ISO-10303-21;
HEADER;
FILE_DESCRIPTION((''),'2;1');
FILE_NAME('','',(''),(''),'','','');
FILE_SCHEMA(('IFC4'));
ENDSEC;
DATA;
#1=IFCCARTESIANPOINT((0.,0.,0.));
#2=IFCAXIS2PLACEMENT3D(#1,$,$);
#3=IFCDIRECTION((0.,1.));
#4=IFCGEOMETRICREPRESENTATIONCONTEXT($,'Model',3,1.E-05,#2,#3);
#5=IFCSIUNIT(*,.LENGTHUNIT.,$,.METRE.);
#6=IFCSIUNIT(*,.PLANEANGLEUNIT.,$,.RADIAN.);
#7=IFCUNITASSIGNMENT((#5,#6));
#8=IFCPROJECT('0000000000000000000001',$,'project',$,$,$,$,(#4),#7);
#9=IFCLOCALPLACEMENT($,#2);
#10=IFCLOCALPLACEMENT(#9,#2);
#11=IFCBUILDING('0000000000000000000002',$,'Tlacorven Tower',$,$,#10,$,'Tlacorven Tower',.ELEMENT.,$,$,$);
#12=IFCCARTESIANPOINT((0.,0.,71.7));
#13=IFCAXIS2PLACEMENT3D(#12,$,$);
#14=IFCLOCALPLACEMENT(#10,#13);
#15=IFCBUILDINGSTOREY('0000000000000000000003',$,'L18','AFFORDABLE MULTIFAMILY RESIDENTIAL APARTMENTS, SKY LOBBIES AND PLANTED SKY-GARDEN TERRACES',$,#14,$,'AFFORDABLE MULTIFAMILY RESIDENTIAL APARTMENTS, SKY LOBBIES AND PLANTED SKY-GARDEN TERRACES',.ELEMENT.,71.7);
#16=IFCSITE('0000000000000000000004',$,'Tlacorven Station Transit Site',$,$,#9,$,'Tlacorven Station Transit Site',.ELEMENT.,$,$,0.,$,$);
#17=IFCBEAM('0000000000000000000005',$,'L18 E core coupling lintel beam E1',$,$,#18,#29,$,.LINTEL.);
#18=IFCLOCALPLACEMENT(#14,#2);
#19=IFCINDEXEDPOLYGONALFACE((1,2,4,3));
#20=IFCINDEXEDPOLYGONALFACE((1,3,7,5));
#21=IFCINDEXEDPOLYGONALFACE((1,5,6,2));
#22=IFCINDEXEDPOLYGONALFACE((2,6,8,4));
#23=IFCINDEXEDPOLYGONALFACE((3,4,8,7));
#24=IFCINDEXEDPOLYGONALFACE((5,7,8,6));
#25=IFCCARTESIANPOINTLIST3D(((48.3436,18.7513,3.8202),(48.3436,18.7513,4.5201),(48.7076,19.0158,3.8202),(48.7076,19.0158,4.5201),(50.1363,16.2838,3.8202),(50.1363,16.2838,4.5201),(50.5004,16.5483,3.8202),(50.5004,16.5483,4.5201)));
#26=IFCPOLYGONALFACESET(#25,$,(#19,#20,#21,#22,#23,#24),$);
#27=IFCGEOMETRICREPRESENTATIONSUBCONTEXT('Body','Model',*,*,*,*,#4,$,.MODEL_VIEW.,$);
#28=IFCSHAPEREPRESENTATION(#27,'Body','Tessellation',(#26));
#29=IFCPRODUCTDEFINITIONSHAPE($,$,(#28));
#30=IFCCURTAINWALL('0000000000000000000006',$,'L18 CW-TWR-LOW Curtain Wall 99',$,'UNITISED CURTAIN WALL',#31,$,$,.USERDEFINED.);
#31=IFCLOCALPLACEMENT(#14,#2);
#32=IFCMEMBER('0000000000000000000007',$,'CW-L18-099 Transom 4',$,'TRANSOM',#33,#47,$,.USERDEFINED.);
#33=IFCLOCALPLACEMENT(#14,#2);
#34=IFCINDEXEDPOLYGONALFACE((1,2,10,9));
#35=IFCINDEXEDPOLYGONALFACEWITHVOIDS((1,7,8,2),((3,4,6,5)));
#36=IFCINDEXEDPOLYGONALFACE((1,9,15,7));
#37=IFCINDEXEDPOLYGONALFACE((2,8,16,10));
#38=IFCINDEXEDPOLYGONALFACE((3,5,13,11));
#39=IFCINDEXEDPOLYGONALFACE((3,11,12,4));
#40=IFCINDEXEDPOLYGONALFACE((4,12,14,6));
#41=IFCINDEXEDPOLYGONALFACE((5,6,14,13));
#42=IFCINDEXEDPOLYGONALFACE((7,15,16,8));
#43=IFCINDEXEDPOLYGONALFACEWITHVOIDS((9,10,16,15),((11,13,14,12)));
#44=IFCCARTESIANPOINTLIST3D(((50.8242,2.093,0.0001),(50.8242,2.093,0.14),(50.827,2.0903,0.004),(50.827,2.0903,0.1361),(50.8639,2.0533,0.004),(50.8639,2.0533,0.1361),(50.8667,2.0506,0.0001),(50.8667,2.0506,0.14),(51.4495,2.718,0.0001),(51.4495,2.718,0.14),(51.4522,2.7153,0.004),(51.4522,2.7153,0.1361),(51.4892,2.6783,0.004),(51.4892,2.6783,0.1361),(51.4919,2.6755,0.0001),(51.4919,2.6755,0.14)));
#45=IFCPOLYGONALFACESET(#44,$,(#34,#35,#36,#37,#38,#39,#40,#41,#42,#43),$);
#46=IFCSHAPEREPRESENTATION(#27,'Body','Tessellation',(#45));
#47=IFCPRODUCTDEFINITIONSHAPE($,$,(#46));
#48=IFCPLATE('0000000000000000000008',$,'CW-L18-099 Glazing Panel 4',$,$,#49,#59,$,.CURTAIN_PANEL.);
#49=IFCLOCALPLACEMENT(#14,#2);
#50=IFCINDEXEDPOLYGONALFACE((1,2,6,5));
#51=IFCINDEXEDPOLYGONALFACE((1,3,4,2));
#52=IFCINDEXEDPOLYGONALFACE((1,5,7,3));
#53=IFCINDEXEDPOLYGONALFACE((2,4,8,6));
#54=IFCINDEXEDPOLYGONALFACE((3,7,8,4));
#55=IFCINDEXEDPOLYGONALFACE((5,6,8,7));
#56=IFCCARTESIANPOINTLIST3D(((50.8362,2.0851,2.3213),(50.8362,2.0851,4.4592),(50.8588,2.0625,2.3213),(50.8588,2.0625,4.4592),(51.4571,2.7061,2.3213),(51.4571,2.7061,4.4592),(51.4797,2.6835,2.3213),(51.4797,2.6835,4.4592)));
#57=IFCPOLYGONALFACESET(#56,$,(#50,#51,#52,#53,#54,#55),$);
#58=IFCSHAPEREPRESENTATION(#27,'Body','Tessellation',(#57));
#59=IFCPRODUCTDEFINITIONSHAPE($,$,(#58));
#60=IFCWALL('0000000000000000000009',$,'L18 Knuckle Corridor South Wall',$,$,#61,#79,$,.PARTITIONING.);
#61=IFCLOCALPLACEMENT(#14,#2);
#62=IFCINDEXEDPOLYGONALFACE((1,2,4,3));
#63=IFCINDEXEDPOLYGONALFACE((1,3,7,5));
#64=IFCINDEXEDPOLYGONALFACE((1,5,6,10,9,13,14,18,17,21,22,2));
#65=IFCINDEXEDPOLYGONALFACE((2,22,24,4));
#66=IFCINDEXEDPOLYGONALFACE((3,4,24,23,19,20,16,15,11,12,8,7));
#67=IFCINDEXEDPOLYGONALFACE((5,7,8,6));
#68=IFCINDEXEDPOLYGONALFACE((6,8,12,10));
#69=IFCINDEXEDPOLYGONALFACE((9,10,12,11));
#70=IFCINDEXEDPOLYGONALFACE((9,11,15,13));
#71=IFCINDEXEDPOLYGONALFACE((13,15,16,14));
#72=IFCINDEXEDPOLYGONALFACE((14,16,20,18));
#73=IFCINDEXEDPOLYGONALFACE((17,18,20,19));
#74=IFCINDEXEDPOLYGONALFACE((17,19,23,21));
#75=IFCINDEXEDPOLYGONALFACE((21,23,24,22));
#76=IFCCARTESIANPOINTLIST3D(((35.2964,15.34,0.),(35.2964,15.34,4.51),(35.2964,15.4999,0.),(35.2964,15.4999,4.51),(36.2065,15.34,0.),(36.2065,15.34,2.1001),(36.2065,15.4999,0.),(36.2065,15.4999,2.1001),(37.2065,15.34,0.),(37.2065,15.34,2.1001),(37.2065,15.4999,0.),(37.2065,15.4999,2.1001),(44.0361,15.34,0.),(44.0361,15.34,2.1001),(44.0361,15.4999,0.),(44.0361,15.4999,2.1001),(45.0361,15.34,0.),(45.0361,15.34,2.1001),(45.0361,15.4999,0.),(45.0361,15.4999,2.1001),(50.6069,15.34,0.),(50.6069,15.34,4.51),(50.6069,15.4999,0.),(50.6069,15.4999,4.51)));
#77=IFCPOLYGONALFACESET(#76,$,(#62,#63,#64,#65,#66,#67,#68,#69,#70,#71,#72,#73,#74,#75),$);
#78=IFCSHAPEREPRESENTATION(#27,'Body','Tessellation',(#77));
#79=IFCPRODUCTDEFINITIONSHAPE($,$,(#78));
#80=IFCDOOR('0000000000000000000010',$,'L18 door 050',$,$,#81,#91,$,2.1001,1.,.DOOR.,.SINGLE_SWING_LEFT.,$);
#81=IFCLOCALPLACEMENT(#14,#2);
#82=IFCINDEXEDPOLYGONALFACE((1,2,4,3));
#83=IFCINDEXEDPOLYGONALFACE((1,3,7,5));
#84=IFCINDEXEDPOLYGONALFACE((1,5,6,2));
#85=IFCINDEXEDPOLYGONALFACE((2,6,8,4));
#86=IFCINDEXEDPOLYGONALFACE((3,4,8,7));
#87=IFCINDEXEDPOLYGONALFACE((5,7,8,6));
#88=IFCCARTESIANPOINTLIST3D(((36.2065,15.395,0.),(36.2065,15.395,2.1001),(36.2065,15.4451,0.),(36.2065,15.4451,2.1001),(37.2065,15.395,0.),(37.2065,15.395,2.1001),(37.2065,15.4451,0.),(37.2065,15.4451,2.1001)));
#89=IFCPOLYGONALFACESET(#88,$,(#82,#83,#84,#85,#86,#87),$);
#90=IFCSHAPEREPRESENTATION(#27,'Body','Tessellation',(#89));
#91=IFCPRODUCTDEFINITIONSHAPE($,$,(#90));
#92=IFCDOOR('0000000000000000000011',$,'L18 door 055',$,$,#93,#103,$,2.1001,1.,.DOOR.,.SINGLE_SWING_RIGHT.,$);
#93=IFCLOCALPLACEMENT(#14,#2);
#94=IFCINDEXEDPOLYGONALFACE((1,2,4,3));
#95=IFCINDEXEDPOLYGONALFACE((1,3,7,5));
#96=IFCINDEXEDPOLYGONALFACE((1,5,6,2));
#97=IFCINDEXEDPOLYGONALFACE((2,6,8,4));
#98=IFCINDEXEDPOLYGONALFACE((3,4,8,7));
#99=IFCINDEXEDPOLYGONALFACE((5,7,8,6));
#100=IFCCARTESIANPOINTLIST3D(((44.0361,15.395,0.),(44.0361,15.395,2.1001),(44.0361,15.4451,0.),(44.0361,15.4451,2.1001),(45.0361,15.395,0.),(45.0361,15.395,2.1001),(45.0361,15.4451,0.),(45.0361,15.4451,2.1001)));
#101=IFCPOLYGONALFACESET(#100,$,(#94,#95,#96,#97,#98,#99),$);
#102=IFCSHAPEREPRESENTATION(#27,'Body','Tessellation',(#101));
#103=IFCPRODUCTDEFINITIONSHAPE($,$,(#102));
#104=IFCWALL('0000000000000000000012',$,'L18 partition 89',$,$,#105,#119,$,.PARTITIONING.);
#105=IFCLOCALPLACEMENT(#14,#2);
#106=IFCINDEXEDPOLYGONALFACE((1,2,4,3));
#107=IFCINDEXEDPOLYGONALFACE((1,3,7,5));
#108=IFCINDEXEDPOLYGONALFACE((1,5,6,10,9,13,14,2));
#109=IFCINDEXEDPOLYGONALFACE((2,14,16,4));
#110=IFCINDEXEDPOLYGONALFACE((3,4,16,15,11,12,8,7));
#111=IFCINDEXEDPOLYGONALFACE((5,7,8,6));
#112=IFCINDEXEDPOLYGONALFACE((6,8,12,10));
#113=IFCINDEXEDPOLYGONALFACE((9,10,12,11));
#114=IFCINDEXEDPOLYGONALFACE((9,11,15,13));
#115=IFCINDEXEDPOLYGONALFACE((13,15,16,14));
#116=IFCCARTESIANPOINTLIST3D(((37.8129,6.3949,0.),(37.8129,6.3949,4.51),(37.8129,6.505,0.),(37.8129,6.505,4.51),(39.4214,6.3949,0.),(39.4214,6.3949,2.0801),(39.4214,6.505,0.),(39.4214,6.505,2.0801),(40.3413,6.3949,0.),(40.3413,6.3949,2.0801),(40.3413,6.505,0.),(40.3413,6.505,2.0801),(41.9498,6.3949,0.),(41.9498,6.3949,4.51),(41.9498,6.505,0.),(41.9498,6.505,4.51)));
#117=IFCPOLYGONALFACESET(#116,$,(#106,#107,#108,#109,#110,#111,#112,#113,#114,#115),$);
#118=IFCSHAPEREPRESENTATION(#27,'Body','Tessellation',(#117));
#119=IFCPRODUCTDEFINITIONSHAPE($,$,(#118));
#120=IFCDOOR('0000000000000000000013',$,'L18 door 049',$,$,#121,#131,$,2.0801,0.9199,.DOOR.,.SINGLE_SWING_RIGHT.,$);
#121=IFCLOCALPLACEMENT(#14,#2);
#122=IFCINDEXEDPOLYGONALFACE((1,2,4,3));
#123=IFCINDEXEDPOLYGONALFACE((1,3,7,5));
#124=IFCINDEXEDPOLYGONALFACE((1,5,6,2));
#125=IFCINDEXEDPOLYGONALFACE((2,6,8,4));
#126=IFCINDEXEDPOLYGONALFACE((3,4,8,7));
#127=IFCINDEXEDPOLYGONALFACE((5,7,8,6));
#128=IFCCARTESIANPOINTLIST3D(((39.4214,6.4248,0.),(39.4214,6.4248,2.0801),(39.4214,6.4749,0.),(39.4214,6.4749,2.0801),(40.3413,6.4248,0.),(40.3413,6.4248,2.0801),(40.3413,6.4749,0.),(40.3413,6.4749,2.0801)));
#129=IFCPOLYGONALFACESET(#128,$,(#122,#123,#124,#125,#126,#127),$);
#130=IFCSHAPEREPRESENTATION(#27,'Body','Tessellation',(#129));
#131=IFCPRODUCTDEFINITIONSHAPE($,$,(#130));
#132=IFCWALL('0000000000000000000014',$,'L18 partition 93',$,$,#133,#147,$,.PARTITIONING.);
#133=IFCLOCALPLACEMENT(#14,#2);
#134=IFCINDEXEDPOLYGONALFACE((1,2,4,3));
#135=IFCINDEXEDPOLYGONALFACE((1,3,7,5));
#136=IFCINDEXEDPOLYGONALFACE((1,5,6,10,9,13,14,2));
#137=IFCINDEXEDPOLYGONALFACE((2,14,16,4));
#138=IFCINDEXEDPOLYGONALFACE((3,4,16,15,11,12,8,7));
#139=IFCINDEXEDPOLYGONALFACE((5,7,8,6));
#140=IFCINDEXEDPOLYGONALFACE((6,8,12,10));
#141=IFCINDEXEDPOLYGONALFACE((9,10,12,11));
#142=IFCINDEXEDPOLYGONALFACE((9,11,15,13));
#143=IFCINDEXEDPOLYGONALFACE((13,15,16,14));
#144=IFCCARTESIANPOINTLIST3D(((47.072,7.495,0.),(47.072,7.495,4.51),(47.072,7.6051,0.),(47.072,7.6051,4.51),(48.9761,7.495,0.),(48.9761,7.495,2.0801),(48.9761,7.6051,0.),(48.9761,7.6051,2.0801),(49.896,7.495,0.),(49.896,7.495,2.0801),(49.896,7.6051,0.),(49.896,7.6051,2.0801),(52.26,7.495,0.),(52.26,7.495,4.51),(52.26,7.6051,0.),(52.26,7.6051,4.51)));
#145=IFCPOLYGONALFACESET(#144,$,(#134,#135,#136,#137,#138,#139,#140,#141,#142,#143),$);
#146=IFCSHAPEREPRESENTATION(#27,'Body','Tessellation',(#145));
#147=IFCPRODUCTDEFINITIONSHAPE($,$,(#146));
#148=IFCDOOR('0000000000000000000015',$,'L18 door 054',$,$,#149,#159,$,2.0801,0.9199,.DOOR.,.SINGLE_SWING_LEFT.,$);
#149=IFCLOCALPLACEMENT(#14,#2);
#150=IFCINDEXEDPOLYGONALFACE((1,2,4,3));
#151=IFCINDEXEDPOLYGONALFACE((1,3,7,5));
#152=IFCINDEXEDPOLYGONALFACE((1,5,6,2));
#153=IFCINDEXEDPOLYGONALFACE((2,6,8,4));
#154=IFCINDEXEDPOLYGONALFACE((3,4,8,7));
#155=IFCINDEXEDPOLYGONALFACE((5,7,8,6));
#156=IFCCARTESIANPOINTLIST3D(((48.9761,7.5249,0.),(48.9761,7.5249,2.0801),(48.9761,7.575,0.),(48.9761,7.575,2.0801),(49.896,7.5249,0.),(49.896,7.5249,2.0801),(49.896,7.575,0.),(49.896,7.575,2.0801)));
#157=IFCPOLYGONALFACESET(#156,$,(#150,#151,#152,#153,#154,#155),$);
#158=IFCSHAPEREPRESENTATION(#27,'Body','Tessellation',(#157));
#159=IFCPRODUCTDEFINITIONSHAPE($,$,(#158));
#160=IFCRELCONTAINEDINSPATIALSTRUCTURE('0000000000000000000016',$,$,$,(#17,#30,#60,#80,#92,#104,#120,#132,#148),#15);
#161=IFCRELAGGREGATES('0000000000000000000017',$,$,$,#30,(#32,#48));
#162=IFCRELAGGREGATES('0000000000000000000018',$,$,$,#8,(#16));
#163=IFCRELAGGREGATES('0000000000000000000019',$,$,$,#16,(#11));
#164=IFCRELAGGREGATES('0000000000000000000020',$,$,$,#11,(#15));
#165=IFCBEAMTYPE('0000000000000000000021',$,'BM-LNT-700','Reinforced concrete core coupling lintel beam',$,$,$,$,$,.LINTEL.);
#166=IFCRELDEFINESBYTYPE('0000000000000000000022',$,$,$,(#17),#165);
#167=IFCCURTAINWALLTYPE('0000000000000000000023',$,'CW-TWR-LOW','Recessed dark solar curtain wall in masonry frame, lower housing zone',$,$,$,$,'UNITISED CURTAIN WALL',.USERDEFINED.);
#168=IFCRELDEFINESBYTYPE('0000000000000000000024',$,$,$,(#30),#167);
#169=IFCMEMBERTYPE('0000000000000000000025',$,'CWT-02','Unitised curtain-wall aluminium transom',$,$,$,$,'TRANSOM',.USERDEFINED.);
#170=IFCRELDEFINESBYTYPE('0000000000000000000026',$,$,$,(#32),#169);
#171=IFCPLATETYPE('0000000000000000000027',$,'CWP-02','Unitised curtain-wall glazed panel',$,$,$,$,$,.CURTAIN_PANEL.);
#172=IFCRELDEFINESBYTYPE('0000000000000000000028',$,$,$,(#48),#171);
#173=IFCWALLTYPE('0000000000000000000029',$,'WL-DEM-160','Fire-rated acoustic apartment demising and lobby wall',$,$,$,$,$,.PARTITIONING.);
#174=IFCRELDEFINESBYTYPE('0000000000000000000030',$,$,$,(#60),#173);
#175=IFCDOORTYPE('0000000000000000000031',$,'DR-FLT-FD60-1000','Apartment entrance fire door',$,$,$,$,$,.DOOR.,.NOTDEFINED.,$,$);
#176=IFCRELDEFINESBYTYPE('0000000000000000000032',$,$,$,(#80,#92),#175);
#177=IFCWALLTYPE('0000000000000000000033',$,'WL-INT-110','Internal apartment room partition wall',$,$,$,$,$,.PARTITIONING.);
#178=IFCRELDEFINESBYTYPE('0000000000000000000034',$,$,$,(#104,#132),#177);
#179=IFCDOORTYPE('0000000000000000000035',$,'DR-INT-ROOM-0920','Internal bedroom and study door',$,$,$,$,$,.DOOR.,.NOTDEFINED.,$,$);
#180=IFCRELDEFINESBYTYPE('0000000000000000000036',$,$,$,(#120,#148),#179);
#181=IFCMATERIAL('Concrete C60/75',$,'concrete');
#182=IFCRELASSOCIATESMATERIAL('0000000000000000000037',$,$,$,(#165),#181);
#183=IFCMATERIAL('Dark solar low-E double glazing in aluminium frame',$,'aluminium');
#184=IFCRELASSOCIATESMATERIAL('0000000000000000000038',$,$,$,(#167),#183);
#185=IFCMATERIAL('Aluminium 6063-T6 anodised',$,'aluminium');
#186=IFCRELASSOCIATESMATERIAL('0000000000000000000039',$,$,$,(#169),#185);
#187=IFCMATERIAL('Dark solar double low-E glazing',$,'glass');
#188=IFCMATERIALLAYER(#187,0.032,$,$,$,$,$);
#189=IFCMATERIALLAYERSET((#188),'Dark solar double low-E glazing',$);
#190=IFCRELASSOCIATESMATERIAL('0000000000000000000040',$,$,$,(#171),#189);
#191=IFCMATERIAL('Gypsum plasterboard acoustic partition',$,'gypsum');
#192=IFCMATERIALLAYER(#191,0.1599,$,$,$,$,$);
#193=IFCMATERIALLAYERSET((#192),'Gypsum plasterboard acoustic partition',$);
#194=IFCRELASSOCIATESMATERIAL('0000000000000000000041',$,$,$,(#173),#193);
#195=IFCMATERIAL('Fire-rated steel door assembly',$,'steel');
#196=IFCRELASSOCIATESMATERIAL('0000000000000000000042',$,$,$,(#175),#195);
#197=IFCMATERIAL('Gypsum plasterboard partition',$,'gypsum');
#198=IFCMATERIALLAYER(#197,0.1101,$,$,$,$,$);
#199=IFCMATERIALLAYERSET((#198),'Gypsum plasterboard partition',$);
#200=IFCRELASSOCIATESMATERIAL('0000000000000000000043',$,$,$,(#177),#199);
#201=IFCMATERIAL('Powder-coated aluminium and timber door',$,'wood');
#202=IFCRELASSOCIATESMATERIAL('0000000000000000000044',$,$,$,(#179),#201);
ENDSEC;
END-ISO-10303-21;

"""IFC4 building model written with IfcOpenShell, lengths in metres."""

from ifc_helpers import new_model, si_unit, direction, frame, frame_2d, origin, origin_2d, place, context, subcontext, project, spatial, rectangle, hollow_rectangle, extrude, source, transform, mapped, material, layer, layer_set, material_profile, profile_set, type_object, element, fill, aggregate, save


model = new_model("IFC4")

# Units and contexts
model_context = context("Model", 3, precision=1e-05, world=origin(), true_north=direction((0.0, 1.0)))
body_context = subcontext(model_context, "Body", "Model", "MODEL_VIEW")
ifc_project = project(units=[si_unit("LENGTHUNIT", "METRE"), si_unit("PLANEANGLEUNIT", "RADIAN")], contexts=[model_context])

# Site, building, storey
site_placement = place(None, origin())
site = spatial("IfcSite", under=ifc_project, at=site_placement, Name="Tlacorven Station Transit Site", LongName="Tlacorven Station Transit Site", CompositionType="ELEMENT", RefElevation=0.0)
building_placement = place(site_placement, origin())
building = spatial("IfcBuilding", under=site, at=building_placement, Name="Tlacorven Tower", LongName="Tlacorven Tower", CompositionType="ELEMENT")
storey_placement = place(building_placement, frame((0.0, 0.0, 71.7)))
storey = spatial("IfcBuildingStorey", under=building, at=storey_placement, Name="L18", Description="AFFORDABLE MULTIFAMILY RESIDENTIAL APARTMENTS, SKY LOBBIES AND PLANTED SKY-GARDEN TERRACES", LongName="AFFORDABLE MULTIFAMILY RESIDENTIAL APARTMENTS, SKY LOBBIES AND PLANTED SKY-GARDEN TERRACES", CompositionType="ELEMENT", Elevation=71.7)

# Beam
ifc_material_1 = material(Name="Concrete C60/75", Category="concrete")
ifc_material_profile_1 = material_profile(ifc_material_1, rectangle(XDim=0.45, YDim=0.7, at=origin_2d()), Name="RC 450X700")
ifc_profile_set_1 = profile_set([ifc_material_profile_1], Name="Concrete C60/75")
beam_type = type_object("IfcBeamType", Name="BM-LNT-700", Description="Reinforced concrete core coupling lintel beam", PredefinedType="LINTEL", material=ifc_profile_set_1)
shared_shape_1 = source(origin(), body_context, "Body", "SweptSolid", [
    extrude(rectangle(XDim=0.45, YDim=0.7, at=origin_2d()), origin(), (0.0, 0.0, 1.0), 3.05),
])
beam_placement = place(storey_placement, frame((50.3184, 16.416, 4.1702), z_axis=(-0.587777, 0.809023, 0.0), x_axis=(-0.809023, -0.587777, 0.0)))
element("IfcBeam", 1, at=beam_placement, inside=storey, type_object=beam_type, Name="L18 E core coupling lintel beam E1", PredefinedType="LINTEL", context=body_context, shape_type="MappedRepresentation", body=[
    mapped(shared_shape_1, transform((0.0, 0.0, 0.0), scale=1.0)),
])

# Curtain wall, member, plate
ifc_material_2 = material(Name="Dark solar low-E double glazing in aluminium frame", Category="aluminium")
curtain_wall_type = type_object("IfcCurtainWallType", Name="CW-TWR-LOW", Description="Recessed dark solar curtain wall in masonry frame, lower housing zone", ElementType="UNITISED CURTAIN WALL", PredefinedType="USERDEFINED", material=ifc_material_2)
curtain_wall_placement = place(storey_placement, origin())
curtain_wall = element("IfcCurtainWall", 2, at=curtain_wall_placement, inside=storey, type_object=curtain_wall_type, Name="L18 CW-TWR-LOW Curtain Wall 99", ObjectType="UNITISED CURTAIN WALL", PredefinedType="USERDEFINED")
ifc_material_3 = material(Name="Aluminium 6063-T6 anodised", Category="aluminium")
ifc_material_profile_2 = material_profile(ifc_material_3, hollow_rectangle(XDim=0.0601, YDim=0.1399, WallThickness=0.0039, at=origin_2d()), Name="ALU TRANSOM 60X140")
ifc_profile_set_2 = profile_set([ifc_material_profile_2], Name="Aluminium 6063-T6 anodised")
member_type = type_object("IfcMemberType", Name="CWT-02", Description="Unitised curtain-wall aluminium transom", ElementType="TRANSOM", PredefinedType="USERDEFINED", material=ifc_profile_set_2)
shared_shape_2 = source(origin(), body_context, "Body", "SweptSolid", [
    extrude(hollow_rectangle(XDim=0.0601, YDim=0.1399, WallThickness=0.0039, at=origin_2d()), origin(), (0.0, 0.0, 1.0), 0.884),
])
member_placement = place(storey_placement, frame((51.4707, 2.6968, 0.0701), z_axis=(-0.707245, -0.706969, 0.0), x_axis=(0.706969, -0.707245, 0.0)))
member = element("IfcMember", 3, at=member_placement, type_object=member_type, Name="CW-L18-099 Transom 4", ObjectType="TRANSOM", PredefinedType="USERDEFINED", context=body_context, shape_type="MappedRepresentation", body=[
    mapped(shared_shape_2, transform((0.0, 0.0, 0.0), scale=1.0)),
])
ifc_material_4 = material(Name="Dark solar double low-E glazing", Category="glass")
ifc_layer_1 = layer(ifc_material_4, 0.032)
ifc_layer_set_1 = layer_set([ifc_layer_1], Name="Dark solar double low-E glazing")
plate_type = type_object("IfcPlateType", Name="CWP-02", Description="Unitised curtain-wall glazed panel", PredefinedType="CURTAIN_PANEL", material=ifc_layer_set_1)
shared_shape_3 = source(origin(), body_context, "Body", "SweptSolid", [
    extrude(rectangle(XDim=0.8782, YDim=0.032, at=origin_2d()), origin(), (0.0, 0.0, 1.0), 2.1379),
])
plate_placement = place(storey_placement, frame((51.158, 2.3843, 2.3213), z_axis=(0.0, 0.0, 1.0), x_axis=(-0.707107, -0.707107, 0.0)))
plate = element("IfcPlate", 4, at=plate_placement, type_object=plate_type, Name="CW-L18-099 Glazing Panel 4", PredefinedType="CURTAIN_PANEL", context=body_context, shape_type="MappedRepresentation", body=[
    mapped(shared_shape_3, transform((0.0, 0.0, 0.0), scale=1.0)),
])
aggregate(curtain_wall, [member, plate])

# Wall, openings, doors
ifc_material_5 = material(Name="Gypsum plasterboard acoustic partition", Category="gypsum")
ifc_layer_2 = layer(ifc_material_5, 0.1599)
ifc_layer_set_2 = layer_set([ifc_layer_2], Name="Gypsum plasterboard acoustic partition")
wall_type_1 = type_object("IfcWallType", Name="WL-DEM-160", Description="Fire-rated acoustic apartment demising and lobby wall", PredefinedType="PARTITIONING", material=ifc_layer_set_2)
wall_1_placement = place(storey_placement, frame((35.2964, 15.4199, 0.0), z_axis=(0.0, 0.0, 1.0), x_axis=(1.0, 0.0, 0.0)))
wall_1 = element("IfcWall", 5, at=wall_1_placement, inside=storey, type_object=wall_type_1, Name="L18 Knuckle Corridor South Wall", PredefinedType="PARTITIONING", context=body_context, shape_type="SweptSolid", body=[
    extrude(rectangle(XDim=15.3105, YDim=0.1599, at=frame_2d((7.6553, 0.0))), origin(), (0.0, 0.0, 1.0), 4.51),
])
opening_1_placement = place(wall_1_placement, frame((0.9102, 0.0, 0.0)))
opening_1 = element("IfcOpeningElement", 6, at=opening_1_placement, cuts=wall_1, PredefinedType="OPENING", context=body_context, shape_type="SweptSolid", body=[
    extrude(rectangle(XDim=1.0, YDim=2.1001, at=frame_2d((0.5, 1.05))), frame((0.0, 0.0898, 0.0), z_axis=(0.0, -1.0, 0.0), x_axis=(1.0, 0.0, 0.0)), (0.0, 0.0, 1.0), 0.1799),
])
opening_2_placement = place(wall_1_placement, frame((8.7397, 0.0, 0.0)))
opening_2 = element("IfcOpeningElement", 7, at=opening_2_placement, cuts=wall_1, PredefinedType="OPENING", context=body_context, shape_type="SweptSolid", body=[
    extrude(rectangle(XDim=1.0, YDim=2.1001, at=frame_2d((0.5, 1.05))), frame((0.0, 0.0898, 0.0), z_axis=(0.0, -1.0, 0.0), x_axis=(1.0, 0.0, 0.0)), (0.0, 0.0, 1.0), 0.1799),
])
ifc_material_6 = material(Name="Fire-rated steel door assembly", Category="steel")
door_type_1 = type_object("IfcDoorType", Name="DR-FLT-FD60-1000", Description="Apartment entrance fire door", OperationType="NOTDEFINED", PredefinedType="DOOR", material=ifc_material_6)
shared_shape_4 = source(origin(), body_context, "Body", "SweptSolid", [
    extrude(rectangle(XDim=1.0, YDim=2.1001, at=frame_2d((0.5, 1.05))), frame((0.0, 0.0249, 0.0), z_axis=(0.0, -1.0, 0.0), x_axis=(1.0, 0.0, 0.0)), (0.0, 0.0, 1.0), 0.05),
])
door_1_placement = place(opening_1_placement, frame((1.0, 0.0, 0.0), z_axis=(0.0, 0.0, 1.0), x_axis=(-1.0, 0.0, 0.0)))
door_1 = element("IfcDoor", 8, at=door_1_placement, inside=storey, type_object=door_type_1, Name="L18 door 050", OperationType="SINGLE_SWING_LEFT", OverallHeight=2.1001, OverallWidth=1.0, PredefinedType="DOOR", context=body_context, shape_type="MappedRepresentation", body=[
    mapped(shared_shape_4, transform((0.0, 0.0, 0.0), scale=1.0)),
])
fill(opening_1, door_1)
door_2_placement = place(opening_2_placement, frame((1.0, 0.0, 0.0), z_axis=(0.0, 0.0, 1.0), x_axis=(-1.0, 0.0, 0.0)))
door_2 = element("IfcDoor", 9, at=door_2_placement, inside=storey, type_object=door_type_1, Name="L18 door 055", OperationType="SINGLE_SWING_RIGHT", OverallHeight=2.1001, OverallWidth=1.0, PredefinedType="DOOR", context=body_context, shape_type="MappedRepresentation", body=[
    mapped(shared_shape_4, transform((0.0, 0.0, 0.0), scale=1.0)),
])
fill(opening_2, door_2)

# Walls, openings, doors
ifc_material_7 = material(Name="Gypsum plasterboard partition", Category="gypsum")
ifc_layer_3 = layer(ifc_material_7, 0.1101)
ifc_layer_set_3 = layer_set([ifc_layer_3], Name="Gypsum plasterboard partition")
wall_type_2 = type_object("IfcWallType", Name="WL-INT-110", Description="Internal apartment room partition wall", PredefinedType="PARTITIONING", material=ifc_layer_set_3)
wall_2_placement = place(storey_placement, frame((37.813, 6.45, 0.0), z_axis=(0.0, 0.0, 1.0), x_axis=(1.0, 0.0, 0.0)))
wall_2 = element("IfcWall", 10, at=wall_2_placement, inside=storey, type_object=wall_type_2, Name="L18 partition 89", PredefinedType="PARTITIONING", context=body_context, shape_type="SweptSolid", body=[
    extrude(rectangle(XDim=4.137, YDim=0.1101, at=frame_2d((2.0684, 0.0))), origin(), (0.0, 0.0, 1.0), 4.51),
])
opening_3_placement = place(wall_2_placement, frame((1.6084, 0.0, 0.0)))
opening_3 = element("IfcOpeningElement", 11, at=opening_3_placement, cuts=wall_2, PredefinedType="OPENING", context=body_context, shape_type="SweptSolid", body=[
    extrude(rectangle(XDim=0.9199, YDim=2.0801, at=frame_2d((0.46, 1.04))), frame((0.0, 0.0649, 0.0), z_axis=(0.0, -1.0, 0.0), x_axis=(1.0, 0.0, 0.0)), (0.0, 0.0, 1.0), 0.1301),
])
ifc_material_8 = material(Name="Powder-coated aluminium and timber door", Category="wood")
door_type_2 = type_object("IfcDoorType", Name="DR-INT-ROOM-0920", Description="Internal bedroom and study door", OperationType="NOTDEFINED", PredefinedType="DOOR", material=ifc_material_8)
shared_shape_5 = source(origin(), body_context, "Body", "SweptSolid", [
    extrude(rectangle(XDim=0.9199, YDim=2.0801, at=frame_2d((0.46, 1.04))), frame((0.0, 0.0249, 0.0), z_axis=(0.0, -1.0, 0.0), x_axis=(1.0, 0.0, 0.0)), (0.0, 0.0, 1.0), 0.05),
])
door_3_placement = place(opening_3_placement, origin())
door_3 = element("IfcDoor", 12, at=door_3_placement, inside=storey, type_object=door_type_2, Name="L18 door 049", OperationType="SINGLE_SWING_RIGHT", OverallHeight=2.0801, OverallWidth=0.9199, PredefinedType="DOOR", context=body_context, shape_type="MappedRepresentation", body=[
    mapped(shared_shape_5, transform((0.0, 0.0, 0.0), scale=1.0)),
])
fill(opening_3, door_3)
wall_3_placement = place(storey_placement, frame((47.072, 7.55, 0.0), z_axis=(0.0, 0.0, 1.0), x_axis=(1.0, 0.0, 0.0)))
wall_3 = element("IfcWall", 13, at=wall_3_placement, inside=storey, type_object=wall_type_2, Name="L18 partition 93", PredefinedType="PARTITIONING", context=body_context, shape_type="SweptSolid", body=[
    extrude(rectangle(XDim=5.188, YDim=0.1101, at=frame_2d((2.594, 0.0))), origin(), (0.0, 0.0, 1.0), 4.51),
])
opening_4_placement = place(wall_3_placement, frame((1.9041, 0.0, 0.0)))
opening_4 = element("IfcOpeningElement", 14, at=opening_4_placement, cuts=wall_3, PredefinedType="OPENING", context=body_context, shape_type="SweptSolid", body=[
    extrude(rectangle(XDim=0.9199, YDim=2.0801, at=frame_2d((0.46, 1.04))), frame((0.0, 0.0649, 0.0), z_axis=(0.0, -1.0, 0.0), x_axis=(1.0, 0.0, 0.0)), (0.0, 0.0, 1.0), 0.1301),
])
door_4_placement = place(opening_4_placement, origin())
door_4 = element("IfcDoor", 15, at=door_4_placement, inside=storey, type_object=door_type_2, Name="L18 door 054", OperationType="SINGLE_SWING_LEFT", OverallHeight=2.0801, OverallWidth=0.9199, PredefinedType="DOOR", context=body_context, shape_type="MappedRepresentation", body=[
    mapped(shared_shape_5, transform((0.0, 0.0, 0.0), scale=1.0)),
])
fill(opening_4, door_4)

save(model, "model.ifc")
